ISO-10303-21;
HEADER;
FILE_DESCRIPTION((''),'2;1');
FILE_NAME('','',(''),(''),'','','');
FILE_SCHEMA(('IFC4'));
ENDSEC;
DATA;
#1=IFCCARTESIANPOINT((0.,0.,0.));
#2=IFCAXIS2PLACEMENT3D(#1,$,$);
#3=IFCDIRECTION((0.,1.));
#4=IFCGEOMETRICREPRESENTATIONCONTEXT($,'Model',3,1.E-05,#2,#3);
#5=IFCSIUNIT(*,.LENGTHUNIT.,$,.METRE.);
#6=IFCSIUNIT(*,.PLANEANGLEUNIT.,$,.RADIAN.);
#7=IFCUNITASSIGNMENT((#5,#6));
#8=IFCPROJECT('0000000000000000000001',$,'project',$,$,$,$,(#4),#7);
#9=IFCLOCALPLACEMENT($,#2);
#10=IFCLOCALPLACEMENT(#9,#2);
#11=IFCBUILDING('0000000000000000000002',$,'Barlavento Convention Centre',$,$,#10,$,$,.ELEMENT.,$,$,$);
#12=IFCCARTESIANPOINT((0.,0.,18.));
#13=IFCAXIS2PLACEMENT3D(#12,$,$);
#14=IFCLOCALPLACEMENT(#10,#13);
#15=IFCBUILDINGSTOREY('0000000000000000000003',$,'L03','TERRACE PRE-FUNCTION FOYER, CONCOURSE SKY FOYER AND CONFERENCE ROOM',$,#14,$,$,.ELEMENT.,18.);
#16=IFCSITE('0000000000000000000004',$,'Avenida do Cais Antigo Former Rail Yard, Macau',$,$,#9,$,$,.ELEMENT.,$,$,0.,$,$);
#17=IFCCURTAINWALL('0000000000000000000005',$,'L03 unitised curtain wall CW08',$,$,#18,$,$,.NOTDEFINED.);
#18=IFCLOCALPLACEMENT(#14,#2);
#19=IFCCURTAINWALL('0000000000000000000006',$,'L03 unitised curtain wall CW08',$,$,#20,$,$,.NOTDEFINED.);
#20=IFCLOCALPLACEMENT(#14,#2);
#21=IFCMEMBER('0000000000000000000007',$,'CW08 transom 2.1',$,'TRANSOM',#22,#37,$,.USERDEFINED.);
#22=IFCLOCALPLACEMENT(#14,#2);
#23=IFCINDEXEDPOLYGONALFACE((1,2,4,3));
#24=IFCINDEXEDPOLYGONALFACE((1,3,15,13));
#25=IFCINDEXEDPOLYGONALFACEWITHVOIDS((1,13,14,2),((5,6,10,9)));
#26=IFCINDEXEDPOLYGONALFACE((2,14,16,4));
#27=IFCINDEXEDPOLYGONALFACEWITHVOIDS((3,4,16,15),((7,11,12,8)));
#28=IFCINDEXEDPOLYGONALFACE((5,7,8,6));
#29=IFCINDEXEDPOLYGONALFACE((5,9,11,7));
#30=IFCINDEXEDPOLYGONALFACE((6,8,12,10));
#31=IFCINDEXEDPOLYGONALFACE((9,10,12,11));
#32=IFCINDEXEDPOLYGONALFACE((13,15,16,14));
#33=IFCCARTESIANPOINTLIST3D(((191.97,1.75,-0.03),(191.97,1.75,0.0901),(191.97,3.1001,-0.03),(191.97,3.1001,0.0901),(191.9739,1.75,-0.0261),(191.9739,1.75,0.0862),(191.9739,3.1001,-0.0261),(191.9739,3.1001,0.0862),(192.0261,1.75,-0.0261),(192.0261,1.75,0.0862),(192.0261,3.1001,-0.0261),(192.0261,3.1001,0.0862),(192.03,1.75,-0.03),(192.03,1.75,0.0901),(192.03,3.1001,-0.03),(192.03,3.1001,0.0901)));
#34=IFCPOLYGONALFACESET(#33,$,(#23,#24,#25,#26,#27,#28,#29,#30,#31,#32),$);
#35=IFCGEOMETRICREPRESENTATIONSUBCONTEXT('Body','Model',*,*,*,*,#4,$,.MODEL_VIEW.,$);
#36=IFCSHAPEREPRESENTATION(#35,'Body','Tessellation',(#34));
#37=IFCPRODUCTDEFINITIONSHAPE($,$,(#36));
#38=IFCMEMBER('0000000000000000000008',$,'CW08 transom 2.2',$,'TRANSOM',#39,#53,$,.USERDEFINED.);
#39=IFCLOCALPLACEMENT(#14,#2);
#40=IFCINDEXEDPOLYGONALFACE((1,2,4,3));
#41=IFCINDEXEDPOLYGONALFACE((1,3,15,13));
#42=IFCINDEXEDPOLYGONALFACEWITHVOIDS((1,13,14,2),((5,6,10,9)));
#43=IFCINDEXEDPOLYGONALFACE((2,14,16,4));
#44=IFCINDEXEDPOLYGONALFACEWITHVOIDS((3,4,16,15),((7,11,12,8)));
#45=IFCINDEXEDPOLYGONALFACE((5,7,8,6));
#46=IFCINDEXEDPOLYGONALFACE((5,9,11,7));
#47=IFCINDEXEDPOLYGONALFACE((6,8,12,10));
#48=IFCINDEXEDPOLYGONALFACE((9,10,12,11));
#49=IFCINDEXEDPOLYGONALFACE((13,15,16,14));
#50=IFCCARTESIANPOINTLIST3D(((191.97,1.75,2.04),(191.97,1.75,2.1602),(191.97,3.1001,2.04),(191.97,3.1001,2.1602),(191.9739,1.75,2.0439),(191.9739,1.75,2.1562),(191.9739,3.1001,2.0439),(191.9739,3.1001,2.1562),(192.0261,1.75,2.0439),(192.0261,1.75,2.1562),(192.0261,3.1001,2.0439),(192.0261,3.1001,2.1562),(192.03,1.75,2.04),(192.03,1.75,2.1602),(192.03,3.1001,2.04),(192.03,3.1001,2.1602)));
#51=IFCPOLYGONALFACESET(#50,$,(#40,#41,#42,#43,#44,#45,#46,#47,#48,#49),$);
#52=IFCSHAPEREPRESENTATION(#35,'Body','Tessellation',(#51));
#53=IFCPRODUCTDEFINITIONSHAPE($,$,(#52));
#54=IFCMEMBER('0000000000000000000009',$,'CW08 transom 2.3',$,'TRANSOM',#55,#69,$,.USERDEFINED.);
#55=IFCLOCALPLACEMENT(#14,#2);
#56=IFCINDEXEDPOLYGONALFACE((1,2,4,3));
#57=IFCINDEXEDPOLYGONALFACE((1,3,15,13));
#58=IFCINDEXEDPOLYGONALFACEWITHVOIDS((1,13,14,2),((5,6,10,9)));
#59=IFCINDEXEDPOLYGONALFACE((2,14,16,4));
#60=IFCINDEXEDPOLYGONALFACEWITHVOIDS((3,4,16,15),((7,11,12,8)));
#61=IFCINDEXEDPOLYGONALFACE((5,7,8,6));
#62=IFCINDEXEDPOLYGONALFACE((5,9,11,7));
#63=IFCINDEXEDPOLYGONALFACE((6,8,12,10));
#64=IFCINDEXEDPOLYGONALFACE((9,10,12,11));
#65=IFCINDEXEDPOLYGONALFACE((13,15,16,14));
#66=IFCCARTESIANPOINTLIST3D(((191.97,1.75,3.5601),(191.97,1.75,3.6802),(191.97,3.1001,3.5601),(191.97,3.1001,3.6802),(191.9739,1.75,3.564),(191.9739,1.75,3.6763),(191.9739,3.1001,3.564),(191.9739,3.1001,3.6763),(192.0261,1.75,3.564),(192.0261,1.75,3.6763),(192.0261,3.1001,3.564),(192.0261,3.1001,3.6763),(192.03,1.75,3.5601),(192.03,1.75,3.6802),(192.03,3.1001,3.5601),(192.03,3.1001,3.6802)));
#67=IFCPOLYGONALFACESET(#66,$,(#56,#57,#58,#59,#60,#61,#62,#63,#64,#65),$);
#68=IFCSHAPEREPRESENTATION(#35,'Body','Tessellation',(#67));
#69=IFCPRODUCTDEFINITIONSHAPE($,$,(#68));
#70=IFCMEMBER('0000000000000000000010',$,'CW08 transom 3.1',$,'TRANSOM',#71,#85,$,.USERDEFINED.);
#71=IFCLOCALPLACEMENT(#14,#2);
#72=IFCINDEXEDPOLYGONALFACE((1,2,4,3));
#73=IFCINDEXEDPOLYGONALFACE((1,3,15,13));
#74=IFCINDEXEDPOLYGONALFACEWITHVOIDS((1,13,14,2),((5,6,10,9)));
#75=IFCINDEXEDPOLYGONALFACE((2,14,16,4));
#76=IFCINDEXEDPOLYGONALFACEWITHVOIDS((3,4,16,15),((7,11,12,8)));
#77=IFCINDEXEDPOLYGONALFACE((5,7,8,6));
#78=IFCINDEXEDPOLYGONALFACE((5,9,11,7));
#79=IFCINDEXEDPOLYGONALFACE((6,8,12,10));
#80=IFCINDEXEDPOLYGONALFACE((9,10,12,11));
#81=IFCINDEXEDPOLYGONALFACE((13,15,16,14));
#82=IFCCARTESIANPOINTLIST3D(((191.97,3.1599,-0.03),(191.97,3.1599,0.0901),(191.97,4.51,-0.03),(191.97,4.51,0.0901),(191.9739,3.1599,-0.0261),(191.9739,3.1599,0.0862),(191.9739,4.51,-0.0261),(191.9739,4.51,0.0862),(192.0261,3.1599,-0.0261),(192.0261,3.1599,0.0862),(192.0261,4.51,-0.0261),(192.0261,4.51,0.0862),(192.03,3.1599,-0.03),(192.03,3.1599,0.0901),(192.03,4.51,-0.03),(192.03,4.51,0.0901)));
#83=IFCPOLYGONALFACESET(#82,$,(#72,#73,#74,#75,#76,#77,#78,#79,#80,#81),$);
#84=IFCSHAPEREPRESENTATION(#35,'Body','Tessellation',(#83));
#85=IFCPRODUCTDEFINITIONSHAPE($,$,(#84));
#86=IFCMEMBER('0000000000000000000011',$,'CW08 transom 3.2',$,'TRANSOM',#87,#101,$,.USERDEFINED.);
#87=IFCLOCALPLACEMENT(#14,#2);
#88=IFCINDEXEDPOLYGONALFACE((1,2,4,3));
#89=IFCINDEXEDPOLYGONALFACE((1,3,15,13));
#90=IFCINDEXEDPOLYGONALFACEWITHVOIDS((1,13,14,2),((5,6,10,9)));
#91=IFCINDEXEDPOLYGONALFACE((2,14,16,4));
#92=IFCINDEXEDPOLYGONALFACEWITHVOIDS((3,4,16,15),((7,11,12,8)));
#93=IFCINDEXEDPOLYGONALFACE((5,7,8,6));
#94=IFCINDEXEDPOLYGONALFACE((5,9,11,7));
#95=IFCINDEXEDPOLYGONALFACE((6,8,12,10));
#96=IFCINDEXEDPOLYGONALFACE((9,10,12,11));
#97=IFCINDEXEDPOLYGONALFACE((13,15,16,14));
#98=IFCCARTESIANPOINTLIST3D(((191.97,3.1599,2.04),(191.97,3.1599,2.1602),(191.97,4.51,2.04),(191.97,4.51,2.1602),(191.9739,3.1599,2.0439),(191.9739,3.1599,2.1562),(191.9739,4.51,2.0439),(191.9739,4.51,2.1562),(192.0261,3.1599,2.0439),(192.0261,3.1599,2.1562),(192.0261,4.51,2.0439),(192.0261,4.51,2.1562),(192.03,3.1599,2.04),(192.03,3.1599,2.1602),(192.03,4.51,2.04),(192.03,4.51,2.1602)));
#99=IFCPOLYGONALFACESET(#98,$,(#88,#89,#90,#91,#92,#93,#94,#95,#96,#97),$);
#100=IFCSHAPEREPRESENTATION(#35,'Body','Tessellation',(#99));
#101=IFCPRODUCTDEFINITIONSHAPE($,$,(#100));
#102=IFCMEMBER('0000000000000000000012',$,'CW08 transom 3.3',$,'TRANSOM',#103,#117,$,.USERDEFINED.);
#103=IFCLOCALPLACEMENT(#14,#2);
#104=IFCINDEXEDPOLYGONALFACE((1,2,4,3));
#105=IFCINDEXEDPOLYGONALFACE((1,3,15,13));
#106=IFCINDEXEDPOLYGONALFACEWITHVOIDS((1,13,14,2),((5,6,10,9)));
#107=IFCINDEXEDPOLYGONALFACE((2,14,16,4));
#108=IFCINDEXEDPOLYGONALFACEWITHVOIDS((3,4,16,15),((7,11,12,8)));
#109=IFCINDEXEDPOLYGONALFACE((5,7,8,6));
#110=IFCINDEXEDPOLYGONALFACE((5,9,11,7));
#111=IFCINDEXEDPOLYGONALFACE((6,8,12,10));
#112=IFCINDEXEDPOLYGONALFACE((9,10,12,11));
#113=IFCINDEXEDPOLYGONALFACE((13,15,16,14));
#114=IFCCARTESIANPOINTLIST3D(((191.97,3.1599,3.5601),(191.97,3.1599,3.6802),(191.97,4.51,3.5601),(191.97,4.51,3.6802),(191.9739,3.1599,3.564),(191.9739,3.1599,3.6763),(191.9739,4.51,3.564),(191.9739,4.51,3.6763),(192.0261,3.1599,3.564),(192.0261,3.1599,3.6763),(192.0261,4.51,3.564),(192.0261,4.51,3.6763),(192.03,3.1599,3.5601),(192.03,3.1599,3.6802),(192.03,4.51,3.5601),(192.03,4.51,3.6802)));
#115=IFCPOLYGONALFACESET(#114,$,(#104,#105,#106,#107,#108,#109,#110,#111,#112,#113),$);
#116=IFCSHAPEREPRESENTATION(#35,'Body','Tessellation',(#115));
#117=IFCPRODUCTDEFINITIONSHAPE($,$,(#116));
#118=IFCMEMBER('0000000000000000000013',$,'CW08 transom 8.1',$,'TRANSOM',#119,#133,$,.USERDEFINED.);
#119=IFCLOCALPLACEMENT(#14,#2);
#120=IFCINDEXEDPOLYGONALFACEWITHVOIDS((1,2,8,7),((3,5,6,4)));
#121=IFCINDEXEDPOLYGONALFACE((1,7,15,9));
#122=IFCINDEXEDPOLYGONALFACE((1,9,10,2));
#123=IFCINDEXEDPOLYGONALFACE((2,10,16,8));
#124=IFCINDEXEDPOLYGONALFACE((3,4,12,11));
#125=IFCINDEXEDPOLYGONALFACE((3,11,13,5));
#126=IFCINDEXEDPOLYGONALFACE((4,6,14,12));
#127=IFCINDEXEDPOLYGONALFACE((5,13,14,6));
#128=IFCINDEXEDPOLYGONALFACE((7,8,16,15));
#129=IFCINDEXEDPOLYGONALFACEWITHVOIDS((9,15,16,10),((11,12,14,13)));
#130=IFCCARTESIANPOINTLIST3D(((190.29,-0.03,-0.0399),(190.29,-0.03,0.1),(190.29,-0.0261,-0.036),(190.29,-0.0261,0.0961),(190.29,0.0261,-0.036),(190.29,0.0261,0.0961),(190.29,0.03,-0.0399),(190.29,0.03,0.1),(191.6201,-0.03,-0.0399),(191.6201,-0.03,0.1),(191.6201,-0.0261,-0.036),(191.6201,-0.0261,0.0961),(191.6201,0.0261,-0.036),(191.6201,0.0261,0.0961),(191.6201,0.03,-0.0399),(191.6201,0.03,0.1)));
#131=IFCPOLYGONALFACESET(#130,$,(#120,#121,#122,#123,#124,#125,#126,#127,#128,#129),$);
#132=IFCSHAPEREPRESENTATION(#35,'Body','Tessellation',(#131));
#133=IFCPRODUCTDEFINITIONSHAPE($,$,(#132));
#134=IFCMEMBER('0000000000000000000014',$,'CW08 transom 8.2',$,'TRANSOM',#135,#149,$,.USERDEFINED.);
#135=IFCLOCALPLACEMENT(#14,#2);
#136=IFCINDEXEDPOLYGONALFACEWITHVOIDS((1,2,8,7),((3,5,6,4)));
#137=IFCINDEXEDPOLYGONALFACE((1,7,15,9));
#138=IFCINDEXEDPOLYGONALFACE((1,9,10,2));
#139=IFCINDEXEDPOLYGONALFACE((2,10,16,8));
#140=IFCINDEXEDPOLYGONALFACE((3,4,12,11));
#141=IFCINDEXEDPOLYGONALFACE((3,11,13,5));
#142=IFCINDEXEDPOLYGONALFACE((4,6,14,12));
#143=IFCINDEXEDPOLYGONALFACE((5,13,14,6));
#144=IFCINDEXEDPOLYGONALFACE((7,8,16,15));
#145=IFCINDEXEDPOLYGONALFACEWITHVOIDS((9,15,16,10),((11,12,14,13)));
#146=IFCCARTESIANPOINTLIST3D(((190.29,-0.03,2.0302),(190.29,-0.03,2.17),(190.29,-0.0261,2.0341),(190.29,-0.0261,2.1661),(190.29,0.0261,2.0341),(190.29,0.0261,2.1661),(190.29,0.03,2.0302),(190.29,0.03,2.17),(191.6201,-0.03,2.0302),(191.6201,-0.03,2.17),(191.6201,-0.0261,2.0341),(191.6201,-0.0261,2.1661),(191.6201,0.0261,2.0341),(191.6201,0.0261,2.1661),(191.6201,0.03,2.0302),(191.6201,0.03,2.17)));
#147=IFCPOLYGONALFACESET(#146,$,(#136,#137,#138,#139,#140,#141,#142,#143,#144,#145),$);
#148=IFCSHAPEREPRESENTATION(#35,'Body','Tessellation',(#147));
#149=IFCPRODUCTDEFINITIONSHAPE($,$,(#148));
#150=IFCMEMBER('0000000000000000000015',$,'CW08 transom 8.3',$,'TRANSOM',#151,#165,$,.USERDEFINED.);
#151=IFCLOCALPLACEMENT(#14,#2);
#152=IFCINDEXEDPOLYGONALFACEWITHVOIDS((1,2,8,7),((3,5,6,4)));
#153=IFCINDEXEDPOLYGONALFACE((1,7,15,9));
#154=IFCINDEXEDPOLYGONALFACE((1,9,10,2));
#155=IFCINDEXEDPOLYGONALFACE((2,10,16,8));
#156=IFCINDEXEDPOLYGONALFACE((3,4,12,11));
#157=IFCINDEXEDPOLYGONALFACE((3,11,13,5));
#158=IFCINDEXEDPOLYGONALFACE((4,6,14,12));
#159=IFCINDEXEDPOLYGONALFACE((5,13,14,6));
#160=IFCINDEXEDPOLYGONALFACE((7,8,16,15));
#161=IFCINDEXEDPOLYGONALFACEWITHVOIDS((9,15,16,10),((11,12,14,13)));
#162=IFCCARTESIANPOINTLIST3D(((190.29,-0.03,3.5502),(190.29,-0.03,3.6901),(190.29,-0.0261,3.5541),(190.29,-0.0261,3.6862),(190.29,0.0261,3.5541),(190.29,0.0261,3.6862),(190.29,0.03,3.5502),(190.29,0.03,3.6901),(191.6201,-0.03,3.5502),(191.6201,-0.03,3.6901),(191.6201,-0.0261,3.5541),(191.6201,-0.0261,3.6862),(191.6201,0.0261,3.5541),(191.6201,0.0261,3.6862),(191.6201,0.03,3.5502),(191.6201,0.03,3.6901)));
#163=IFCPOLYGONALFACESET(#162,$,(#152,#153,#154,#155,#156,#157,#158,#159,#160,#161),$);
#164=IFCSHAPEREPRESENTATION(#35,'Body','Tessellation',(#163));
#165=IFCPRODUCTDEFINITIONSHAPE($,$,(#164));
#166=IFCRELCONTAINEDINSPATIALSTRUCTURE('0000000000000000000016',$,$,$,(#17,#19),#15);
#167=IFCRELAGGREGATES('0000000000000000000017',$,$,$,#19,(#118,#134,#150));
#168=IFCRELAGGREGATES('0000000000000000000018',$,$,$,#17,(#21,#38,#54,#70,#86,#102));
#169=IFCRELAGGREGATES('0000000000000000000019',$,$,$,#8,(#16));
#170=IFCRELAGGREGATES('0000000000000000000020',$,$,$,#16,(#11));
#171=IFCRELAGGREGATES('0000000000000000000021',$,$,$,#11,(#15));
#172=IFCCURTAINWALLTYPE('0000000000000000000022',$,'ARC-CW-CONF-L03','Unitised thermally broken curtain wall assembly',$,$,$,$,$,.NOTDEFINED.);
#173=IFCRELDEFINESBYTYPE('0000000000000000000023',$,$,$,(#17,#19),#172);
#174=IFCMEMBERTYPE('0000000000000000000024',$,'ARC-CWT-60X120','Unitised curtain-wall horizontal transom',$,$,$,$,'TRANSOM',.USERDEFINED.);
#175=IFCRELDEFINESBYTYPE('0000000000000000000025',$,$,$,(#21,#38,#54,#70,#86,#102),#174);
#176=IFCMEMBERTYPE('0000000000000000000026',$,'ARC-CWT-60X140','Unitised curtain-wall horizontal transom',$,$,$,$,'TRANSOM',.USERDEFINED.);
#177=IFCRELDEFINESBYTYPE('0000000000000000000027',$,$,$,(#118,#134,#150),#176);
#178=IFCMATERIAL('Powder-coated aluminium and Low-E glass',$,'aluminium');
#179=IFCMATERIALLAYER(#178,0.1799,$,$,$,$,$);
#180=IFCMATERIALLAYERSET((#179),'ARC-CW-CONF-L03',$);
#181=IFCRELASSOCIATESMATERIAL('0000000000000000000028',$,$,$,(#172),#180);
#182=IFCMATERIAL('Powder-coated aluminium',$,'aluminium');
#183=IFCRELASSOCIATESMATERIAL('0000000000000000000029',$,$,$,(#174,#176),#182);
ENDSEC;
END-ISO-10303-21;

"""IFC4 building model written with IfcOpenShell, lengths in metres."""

from ifc_helpers import new_model, si_unit, direction, frame, origin, origin_2d, place, context, subcontext, project, spatial, hollow_rectangle, extrude, material, layer, layer_set, material_profile, profile_set, type_object, element, aggregate, save


model = new_model("IFC4")

# Units and contexts
model_context = context("Model", 3, precision=1e-05, world=origin(), true_north=direction((0.0, 1.0)))
body_context = subcontext(model_context, "Body", "Model", "MODEL_VIEW")
ifc_project = project(units=[si_unit("LENGTHUNIT", "METRE"), si_unit("PLANEANGLEUNIT", "RADIAN")], contexts=[model_context])

# Site, building, storey
site_placement = place(None, origin())
site = spatial("IfcSite", under=ifc_project, at=site_placement, Name="Avenida do Cais Antigo Former Rail Yard, Macau", CompositionType="ELEMENT", RefElevation=0.0)
building_placement = place(site_placement, origin())
building = spatial("IfcBuilding", under=site, at=building_placement, Name="Barlavento Convention Centre", CompositionType="ELEMENT")
storey_placement = place(building_placement, frame((0.0, 0.0, 18.0)))
storey = spatial("IfcBuildingStorey", under=building, at=storey_placement, Name="L03", Description="TERRACE PRE-FUNCTION FOYER, CONCOURSE SKY FOYER AND CONFERENCE ROOM", CompositionType="ELEMENT", Elevation=18.0)

# Curtain walls
ifc_material_1 = material(Name="Powder-coated aluminium and Low-E glass", Category="aluminium")
ifc_layer_1 = layer(ifc_material_1, 0.1799)
ifc_layer_set_1 = layer_set([ifc_layer_1], Name="ARC-CW-CONF-L03")
curtain_wall_type = type_object("IfcCurtainWallType", Name="ARC-CW-CONF-L03", Description="Unitised thermally broken curtain wall assembly", PredefinedType="NOTDEFINED", material=ifc_layer_set_1)
curtain_wall_1_placement = place(storey_placement, origin())
curtain_wall_1 = element("IfcCurtainWall", 1, at=curtain_wall_1_placement, inside=storey, type_object=curtain_wall_type, Name="L03 unitised curtain wall CW08", PredefinedType="NOTDEFINED")
ifc_material_2 = material(Name="Powder-coated aluminium", Category="aluminium")
curtain_wall_2_placement = place(storey_placement, origin())
curtain_wall_2 = element("IfcCurtainWall", 2, at=curtain_wall_2_placement, inside=storey, type_object=curtain_wall_type, Name="L03 unitised curtain wall CW08", PredefinedType="NOTDEFINED")

# Members
ifc_material_profile_1 = material_profile(ifc_material_2, hollow_rectangle(XDim=0.0601, YDim=0.1201, WallThickness=0.0039, at=origin_2d()), Name="AL-TRAN 60x120x4")
ifc_profile_set_1 = profile_set([ifc_material_profile_1], Name="Powder-coated aluminium")
member_type_1 = type_object("IfcMemberType", Name="ARC-CWT-60X120", Description="Unitised curtain-wall horizontal transom", ElementType="TRANSOM", PredefinedType="USERDEFINED", material=ifc_profile_set_1)
member_1_placement = place(storey_placement, frame((192.0, 1.75, 0.03), z_axis=(0.0, 1.0, 0.0), x_axis=(-1.0, 0.0, 0.0)))
member_1 = element("IfcMember", 3, at=member_1_placement, type_object=member_type_1, Name="CW08 transom 2.1", ObjectType="TRANSOM", PredefinedType="USERDEFINED", context=body_context, shape_type="SweptSolid", body=[
    extrude(hollow_rectangle(XDim=0.0601, YDim=0.1201, WallThickness=0.0039, at=origin_2d()), origin(), (0.0, 0.0, 1.0), 1.3501),
])
member_2_placement = place(storey_placement, frame((192.0, 1.75, 2.1001), z_axis=(0.0, 1.0, 0.0), x_axis=(-1.0, 0.0, 0.0)))
member_2 = element("IfcMember", 4, at=member_2_placement, type_object=member_type_1, Name="CW08 transom 2.2", ObjectType="TRANSOM", PredefinedType="USERDEFINED", context=body_context, shape_type="SweptSolid", body=[
    extrude(hollow_rectangle(XDim=0.0601, YDim=0.1201, WallThickness=0.0039, at=origin_2d()), origin(), (0.0, 0.0, 1.0), 1.3501),
])
member_3_placement = place(storey_placement, frame((192.0, 1.75, 3.6201), z_axis=(0.0, 1.0, 0.0), x_axis=(-1.0, 0.0, 0.0)))
member_3 = element("IfcMember", 5, at=member_3_placement, type_object=member_type_1, Name="CW08 transom 2.3", ObjectType="TRANSOM", PredefinedType="USERDEFINED", context=body_context, shape_type="SweptSolid", body=[
    extrude(hollow_rectangle(XDim=0.0601, YDim=0.1201, WallThickness=0.0039, at=origin_2d()), origin(), (0.0, 0.0, 1.0), 1.3501),
])
member_4_placement = place(storey_placement, frame((192.0, 3.1599, 0.03), z_axis=(0.0, 1.0, 0.0), x_axis=(-1.0, 0.0, 0.0)))
member_4 = element("IfcMember", 6, at=member_4_placement, type_object=member_type_1, Name="CW08 transom 3.1", ObjectType="TRANSOM", PredefinedType="USERDEFINED", context=body_context, shape_type="SweptSolid", body=[
    extrude(hollow_rectangle(XDim=0.0601, YDim=0.1201, WallThickness=0.0039, at=origin_2d()), origin(), (0.0, 0.0, 1.0), 1.3501),
])
member_5_placement = place(storey_placement, frame((192.0, 3.1599, 2.1001), z_axis=(0.0, 1.0, 0.0), x_axis=(-1.0, 0.0, 0.0)))
member_5 = element("IfcMember", 7, at=member_5_placement, type_object=member_type_1, Name="CW08 transom 3.2", ObjectType="TRANSOM", PredefinedType="USERDEFINED", context=body_context, shape_type="SweptSolid", body=[
    extrude(hollow_rectangle(XDim=0.0601, YDim=0.1201, WallThickness=0.0039, at=origin_2d()), origin(), (0.0, 0.0, 1.0), 1.3501),
])
member_6_placement = place(storey_placement, frame((192.0, 3.1599, 3.6201), z_axis=(0.0, 1.0, 0.0), x_axis=(-1.0, 0.0, 0.0)))
member_6 = element("IfcMember", 8, at=member_6_placement, type_object=member_type_1, Name="CW08 transom 3.3", ObjectType="TRANSOM", PredefinedType="USERDEFINED", context=body_context, shape_type="SweptSolid", body=[
    extrude(hollow_rectangle(XDim=0.0601, YDim=0.1201, WallThickness=0.0039, at=origin_2d()), origin(), (0.0, 0.0, 1.0), 1.3501),
])
ifc_material_profile_2 = material_profile(ifc_material_2, hollow_rectangle(XDim=0.0601, YDim=0.1399, WallThickness=0.0039, at=origin_2d()), Name="AL-TRAN 60x140x4")
ifc_profile_set_2 = profile_set([ifc_material_profile_2], Name="Powder-coated aluminium")
member_type_2 = type_object("IfcMemberType", Name="ARC-CWT-60X140", Description="Unitised curtain-wall horizontal transom", ElementType="TRANSOM", PredefinedType="USERDEFINED", material=ifc_profile_set_2)
member_7_placement = place(storey_placement, frame((190.29, 0.0, 0.03), z_axis=(1.0, 0.0, 0.0), x_axis=(0.0, 1.0, 0.0)))
member_7 = element("IfcMember", 9, at=member_7_placement, type_object=member_type_2, Name="CW08 transom 8.1", ObjectType="TRANSOM", PredefinedType="USERDEFINED", context=body_context, shape_type="SweptSolid", body=[
    extrude(hollow_rectangle(XDim=0.0601, YDim=0.1399, WallThickness=0.0039, at=origin_2d()), origin(), (0.0, 0.0, 1.0), 1.3301),
])
member_8_placement = place(storey_placement, frame((190.29, 0.0, 2.1001), z_axis=(1.0, 0.0, 0.0), x_axis=(0.0, 1.0, 0.0)))
member_8 = element("IfcMember", 10, at=member_8_placement, type_object=member_type_2, Name="CW08 transom 8.2", ObjectType="TRANSOM", PredefinedType="USERDEFINED", context=body_context, shape_type="SweptSolid", body=[
    extrude(hollow_rectangle(XDim=0.0601, YDim=0.1399, WallThickness=0.0039, at=origin_2d()), origin(), (0.0, 0.0, 1.0), 1.3301),
])
member_9_placement = place(storey_placement, frame((190.29, 0.0, 3.6201), z_axis=(1.0, 0.0, 0.0), x_axis=(0.0, 1.0, 0.0)))
member_9 = element("IfcMember", 11, at=member_9_placement, type_object=member_type_2, Name="CW08 transom 8.3", ObjectType="TRANSOM", PredefinedType="USERDEFINED", context=body_context, shape_type="SweptSolid", body=[
    extrude(hollow_rectangle(XDim=0.0601, YDim=0.1399, WallThickness=0.0039, at=origin_2d()), origin(), (0.0, 0.0, 1.0), 1.3301),
])

aggregate(curtain_wall_2, [member_7, member_8, member_9])
aggregate(curtain_wall_1, [member_1, member_2, member_3, member_4, member_5, member_6])

save(model, "model.ifc")
